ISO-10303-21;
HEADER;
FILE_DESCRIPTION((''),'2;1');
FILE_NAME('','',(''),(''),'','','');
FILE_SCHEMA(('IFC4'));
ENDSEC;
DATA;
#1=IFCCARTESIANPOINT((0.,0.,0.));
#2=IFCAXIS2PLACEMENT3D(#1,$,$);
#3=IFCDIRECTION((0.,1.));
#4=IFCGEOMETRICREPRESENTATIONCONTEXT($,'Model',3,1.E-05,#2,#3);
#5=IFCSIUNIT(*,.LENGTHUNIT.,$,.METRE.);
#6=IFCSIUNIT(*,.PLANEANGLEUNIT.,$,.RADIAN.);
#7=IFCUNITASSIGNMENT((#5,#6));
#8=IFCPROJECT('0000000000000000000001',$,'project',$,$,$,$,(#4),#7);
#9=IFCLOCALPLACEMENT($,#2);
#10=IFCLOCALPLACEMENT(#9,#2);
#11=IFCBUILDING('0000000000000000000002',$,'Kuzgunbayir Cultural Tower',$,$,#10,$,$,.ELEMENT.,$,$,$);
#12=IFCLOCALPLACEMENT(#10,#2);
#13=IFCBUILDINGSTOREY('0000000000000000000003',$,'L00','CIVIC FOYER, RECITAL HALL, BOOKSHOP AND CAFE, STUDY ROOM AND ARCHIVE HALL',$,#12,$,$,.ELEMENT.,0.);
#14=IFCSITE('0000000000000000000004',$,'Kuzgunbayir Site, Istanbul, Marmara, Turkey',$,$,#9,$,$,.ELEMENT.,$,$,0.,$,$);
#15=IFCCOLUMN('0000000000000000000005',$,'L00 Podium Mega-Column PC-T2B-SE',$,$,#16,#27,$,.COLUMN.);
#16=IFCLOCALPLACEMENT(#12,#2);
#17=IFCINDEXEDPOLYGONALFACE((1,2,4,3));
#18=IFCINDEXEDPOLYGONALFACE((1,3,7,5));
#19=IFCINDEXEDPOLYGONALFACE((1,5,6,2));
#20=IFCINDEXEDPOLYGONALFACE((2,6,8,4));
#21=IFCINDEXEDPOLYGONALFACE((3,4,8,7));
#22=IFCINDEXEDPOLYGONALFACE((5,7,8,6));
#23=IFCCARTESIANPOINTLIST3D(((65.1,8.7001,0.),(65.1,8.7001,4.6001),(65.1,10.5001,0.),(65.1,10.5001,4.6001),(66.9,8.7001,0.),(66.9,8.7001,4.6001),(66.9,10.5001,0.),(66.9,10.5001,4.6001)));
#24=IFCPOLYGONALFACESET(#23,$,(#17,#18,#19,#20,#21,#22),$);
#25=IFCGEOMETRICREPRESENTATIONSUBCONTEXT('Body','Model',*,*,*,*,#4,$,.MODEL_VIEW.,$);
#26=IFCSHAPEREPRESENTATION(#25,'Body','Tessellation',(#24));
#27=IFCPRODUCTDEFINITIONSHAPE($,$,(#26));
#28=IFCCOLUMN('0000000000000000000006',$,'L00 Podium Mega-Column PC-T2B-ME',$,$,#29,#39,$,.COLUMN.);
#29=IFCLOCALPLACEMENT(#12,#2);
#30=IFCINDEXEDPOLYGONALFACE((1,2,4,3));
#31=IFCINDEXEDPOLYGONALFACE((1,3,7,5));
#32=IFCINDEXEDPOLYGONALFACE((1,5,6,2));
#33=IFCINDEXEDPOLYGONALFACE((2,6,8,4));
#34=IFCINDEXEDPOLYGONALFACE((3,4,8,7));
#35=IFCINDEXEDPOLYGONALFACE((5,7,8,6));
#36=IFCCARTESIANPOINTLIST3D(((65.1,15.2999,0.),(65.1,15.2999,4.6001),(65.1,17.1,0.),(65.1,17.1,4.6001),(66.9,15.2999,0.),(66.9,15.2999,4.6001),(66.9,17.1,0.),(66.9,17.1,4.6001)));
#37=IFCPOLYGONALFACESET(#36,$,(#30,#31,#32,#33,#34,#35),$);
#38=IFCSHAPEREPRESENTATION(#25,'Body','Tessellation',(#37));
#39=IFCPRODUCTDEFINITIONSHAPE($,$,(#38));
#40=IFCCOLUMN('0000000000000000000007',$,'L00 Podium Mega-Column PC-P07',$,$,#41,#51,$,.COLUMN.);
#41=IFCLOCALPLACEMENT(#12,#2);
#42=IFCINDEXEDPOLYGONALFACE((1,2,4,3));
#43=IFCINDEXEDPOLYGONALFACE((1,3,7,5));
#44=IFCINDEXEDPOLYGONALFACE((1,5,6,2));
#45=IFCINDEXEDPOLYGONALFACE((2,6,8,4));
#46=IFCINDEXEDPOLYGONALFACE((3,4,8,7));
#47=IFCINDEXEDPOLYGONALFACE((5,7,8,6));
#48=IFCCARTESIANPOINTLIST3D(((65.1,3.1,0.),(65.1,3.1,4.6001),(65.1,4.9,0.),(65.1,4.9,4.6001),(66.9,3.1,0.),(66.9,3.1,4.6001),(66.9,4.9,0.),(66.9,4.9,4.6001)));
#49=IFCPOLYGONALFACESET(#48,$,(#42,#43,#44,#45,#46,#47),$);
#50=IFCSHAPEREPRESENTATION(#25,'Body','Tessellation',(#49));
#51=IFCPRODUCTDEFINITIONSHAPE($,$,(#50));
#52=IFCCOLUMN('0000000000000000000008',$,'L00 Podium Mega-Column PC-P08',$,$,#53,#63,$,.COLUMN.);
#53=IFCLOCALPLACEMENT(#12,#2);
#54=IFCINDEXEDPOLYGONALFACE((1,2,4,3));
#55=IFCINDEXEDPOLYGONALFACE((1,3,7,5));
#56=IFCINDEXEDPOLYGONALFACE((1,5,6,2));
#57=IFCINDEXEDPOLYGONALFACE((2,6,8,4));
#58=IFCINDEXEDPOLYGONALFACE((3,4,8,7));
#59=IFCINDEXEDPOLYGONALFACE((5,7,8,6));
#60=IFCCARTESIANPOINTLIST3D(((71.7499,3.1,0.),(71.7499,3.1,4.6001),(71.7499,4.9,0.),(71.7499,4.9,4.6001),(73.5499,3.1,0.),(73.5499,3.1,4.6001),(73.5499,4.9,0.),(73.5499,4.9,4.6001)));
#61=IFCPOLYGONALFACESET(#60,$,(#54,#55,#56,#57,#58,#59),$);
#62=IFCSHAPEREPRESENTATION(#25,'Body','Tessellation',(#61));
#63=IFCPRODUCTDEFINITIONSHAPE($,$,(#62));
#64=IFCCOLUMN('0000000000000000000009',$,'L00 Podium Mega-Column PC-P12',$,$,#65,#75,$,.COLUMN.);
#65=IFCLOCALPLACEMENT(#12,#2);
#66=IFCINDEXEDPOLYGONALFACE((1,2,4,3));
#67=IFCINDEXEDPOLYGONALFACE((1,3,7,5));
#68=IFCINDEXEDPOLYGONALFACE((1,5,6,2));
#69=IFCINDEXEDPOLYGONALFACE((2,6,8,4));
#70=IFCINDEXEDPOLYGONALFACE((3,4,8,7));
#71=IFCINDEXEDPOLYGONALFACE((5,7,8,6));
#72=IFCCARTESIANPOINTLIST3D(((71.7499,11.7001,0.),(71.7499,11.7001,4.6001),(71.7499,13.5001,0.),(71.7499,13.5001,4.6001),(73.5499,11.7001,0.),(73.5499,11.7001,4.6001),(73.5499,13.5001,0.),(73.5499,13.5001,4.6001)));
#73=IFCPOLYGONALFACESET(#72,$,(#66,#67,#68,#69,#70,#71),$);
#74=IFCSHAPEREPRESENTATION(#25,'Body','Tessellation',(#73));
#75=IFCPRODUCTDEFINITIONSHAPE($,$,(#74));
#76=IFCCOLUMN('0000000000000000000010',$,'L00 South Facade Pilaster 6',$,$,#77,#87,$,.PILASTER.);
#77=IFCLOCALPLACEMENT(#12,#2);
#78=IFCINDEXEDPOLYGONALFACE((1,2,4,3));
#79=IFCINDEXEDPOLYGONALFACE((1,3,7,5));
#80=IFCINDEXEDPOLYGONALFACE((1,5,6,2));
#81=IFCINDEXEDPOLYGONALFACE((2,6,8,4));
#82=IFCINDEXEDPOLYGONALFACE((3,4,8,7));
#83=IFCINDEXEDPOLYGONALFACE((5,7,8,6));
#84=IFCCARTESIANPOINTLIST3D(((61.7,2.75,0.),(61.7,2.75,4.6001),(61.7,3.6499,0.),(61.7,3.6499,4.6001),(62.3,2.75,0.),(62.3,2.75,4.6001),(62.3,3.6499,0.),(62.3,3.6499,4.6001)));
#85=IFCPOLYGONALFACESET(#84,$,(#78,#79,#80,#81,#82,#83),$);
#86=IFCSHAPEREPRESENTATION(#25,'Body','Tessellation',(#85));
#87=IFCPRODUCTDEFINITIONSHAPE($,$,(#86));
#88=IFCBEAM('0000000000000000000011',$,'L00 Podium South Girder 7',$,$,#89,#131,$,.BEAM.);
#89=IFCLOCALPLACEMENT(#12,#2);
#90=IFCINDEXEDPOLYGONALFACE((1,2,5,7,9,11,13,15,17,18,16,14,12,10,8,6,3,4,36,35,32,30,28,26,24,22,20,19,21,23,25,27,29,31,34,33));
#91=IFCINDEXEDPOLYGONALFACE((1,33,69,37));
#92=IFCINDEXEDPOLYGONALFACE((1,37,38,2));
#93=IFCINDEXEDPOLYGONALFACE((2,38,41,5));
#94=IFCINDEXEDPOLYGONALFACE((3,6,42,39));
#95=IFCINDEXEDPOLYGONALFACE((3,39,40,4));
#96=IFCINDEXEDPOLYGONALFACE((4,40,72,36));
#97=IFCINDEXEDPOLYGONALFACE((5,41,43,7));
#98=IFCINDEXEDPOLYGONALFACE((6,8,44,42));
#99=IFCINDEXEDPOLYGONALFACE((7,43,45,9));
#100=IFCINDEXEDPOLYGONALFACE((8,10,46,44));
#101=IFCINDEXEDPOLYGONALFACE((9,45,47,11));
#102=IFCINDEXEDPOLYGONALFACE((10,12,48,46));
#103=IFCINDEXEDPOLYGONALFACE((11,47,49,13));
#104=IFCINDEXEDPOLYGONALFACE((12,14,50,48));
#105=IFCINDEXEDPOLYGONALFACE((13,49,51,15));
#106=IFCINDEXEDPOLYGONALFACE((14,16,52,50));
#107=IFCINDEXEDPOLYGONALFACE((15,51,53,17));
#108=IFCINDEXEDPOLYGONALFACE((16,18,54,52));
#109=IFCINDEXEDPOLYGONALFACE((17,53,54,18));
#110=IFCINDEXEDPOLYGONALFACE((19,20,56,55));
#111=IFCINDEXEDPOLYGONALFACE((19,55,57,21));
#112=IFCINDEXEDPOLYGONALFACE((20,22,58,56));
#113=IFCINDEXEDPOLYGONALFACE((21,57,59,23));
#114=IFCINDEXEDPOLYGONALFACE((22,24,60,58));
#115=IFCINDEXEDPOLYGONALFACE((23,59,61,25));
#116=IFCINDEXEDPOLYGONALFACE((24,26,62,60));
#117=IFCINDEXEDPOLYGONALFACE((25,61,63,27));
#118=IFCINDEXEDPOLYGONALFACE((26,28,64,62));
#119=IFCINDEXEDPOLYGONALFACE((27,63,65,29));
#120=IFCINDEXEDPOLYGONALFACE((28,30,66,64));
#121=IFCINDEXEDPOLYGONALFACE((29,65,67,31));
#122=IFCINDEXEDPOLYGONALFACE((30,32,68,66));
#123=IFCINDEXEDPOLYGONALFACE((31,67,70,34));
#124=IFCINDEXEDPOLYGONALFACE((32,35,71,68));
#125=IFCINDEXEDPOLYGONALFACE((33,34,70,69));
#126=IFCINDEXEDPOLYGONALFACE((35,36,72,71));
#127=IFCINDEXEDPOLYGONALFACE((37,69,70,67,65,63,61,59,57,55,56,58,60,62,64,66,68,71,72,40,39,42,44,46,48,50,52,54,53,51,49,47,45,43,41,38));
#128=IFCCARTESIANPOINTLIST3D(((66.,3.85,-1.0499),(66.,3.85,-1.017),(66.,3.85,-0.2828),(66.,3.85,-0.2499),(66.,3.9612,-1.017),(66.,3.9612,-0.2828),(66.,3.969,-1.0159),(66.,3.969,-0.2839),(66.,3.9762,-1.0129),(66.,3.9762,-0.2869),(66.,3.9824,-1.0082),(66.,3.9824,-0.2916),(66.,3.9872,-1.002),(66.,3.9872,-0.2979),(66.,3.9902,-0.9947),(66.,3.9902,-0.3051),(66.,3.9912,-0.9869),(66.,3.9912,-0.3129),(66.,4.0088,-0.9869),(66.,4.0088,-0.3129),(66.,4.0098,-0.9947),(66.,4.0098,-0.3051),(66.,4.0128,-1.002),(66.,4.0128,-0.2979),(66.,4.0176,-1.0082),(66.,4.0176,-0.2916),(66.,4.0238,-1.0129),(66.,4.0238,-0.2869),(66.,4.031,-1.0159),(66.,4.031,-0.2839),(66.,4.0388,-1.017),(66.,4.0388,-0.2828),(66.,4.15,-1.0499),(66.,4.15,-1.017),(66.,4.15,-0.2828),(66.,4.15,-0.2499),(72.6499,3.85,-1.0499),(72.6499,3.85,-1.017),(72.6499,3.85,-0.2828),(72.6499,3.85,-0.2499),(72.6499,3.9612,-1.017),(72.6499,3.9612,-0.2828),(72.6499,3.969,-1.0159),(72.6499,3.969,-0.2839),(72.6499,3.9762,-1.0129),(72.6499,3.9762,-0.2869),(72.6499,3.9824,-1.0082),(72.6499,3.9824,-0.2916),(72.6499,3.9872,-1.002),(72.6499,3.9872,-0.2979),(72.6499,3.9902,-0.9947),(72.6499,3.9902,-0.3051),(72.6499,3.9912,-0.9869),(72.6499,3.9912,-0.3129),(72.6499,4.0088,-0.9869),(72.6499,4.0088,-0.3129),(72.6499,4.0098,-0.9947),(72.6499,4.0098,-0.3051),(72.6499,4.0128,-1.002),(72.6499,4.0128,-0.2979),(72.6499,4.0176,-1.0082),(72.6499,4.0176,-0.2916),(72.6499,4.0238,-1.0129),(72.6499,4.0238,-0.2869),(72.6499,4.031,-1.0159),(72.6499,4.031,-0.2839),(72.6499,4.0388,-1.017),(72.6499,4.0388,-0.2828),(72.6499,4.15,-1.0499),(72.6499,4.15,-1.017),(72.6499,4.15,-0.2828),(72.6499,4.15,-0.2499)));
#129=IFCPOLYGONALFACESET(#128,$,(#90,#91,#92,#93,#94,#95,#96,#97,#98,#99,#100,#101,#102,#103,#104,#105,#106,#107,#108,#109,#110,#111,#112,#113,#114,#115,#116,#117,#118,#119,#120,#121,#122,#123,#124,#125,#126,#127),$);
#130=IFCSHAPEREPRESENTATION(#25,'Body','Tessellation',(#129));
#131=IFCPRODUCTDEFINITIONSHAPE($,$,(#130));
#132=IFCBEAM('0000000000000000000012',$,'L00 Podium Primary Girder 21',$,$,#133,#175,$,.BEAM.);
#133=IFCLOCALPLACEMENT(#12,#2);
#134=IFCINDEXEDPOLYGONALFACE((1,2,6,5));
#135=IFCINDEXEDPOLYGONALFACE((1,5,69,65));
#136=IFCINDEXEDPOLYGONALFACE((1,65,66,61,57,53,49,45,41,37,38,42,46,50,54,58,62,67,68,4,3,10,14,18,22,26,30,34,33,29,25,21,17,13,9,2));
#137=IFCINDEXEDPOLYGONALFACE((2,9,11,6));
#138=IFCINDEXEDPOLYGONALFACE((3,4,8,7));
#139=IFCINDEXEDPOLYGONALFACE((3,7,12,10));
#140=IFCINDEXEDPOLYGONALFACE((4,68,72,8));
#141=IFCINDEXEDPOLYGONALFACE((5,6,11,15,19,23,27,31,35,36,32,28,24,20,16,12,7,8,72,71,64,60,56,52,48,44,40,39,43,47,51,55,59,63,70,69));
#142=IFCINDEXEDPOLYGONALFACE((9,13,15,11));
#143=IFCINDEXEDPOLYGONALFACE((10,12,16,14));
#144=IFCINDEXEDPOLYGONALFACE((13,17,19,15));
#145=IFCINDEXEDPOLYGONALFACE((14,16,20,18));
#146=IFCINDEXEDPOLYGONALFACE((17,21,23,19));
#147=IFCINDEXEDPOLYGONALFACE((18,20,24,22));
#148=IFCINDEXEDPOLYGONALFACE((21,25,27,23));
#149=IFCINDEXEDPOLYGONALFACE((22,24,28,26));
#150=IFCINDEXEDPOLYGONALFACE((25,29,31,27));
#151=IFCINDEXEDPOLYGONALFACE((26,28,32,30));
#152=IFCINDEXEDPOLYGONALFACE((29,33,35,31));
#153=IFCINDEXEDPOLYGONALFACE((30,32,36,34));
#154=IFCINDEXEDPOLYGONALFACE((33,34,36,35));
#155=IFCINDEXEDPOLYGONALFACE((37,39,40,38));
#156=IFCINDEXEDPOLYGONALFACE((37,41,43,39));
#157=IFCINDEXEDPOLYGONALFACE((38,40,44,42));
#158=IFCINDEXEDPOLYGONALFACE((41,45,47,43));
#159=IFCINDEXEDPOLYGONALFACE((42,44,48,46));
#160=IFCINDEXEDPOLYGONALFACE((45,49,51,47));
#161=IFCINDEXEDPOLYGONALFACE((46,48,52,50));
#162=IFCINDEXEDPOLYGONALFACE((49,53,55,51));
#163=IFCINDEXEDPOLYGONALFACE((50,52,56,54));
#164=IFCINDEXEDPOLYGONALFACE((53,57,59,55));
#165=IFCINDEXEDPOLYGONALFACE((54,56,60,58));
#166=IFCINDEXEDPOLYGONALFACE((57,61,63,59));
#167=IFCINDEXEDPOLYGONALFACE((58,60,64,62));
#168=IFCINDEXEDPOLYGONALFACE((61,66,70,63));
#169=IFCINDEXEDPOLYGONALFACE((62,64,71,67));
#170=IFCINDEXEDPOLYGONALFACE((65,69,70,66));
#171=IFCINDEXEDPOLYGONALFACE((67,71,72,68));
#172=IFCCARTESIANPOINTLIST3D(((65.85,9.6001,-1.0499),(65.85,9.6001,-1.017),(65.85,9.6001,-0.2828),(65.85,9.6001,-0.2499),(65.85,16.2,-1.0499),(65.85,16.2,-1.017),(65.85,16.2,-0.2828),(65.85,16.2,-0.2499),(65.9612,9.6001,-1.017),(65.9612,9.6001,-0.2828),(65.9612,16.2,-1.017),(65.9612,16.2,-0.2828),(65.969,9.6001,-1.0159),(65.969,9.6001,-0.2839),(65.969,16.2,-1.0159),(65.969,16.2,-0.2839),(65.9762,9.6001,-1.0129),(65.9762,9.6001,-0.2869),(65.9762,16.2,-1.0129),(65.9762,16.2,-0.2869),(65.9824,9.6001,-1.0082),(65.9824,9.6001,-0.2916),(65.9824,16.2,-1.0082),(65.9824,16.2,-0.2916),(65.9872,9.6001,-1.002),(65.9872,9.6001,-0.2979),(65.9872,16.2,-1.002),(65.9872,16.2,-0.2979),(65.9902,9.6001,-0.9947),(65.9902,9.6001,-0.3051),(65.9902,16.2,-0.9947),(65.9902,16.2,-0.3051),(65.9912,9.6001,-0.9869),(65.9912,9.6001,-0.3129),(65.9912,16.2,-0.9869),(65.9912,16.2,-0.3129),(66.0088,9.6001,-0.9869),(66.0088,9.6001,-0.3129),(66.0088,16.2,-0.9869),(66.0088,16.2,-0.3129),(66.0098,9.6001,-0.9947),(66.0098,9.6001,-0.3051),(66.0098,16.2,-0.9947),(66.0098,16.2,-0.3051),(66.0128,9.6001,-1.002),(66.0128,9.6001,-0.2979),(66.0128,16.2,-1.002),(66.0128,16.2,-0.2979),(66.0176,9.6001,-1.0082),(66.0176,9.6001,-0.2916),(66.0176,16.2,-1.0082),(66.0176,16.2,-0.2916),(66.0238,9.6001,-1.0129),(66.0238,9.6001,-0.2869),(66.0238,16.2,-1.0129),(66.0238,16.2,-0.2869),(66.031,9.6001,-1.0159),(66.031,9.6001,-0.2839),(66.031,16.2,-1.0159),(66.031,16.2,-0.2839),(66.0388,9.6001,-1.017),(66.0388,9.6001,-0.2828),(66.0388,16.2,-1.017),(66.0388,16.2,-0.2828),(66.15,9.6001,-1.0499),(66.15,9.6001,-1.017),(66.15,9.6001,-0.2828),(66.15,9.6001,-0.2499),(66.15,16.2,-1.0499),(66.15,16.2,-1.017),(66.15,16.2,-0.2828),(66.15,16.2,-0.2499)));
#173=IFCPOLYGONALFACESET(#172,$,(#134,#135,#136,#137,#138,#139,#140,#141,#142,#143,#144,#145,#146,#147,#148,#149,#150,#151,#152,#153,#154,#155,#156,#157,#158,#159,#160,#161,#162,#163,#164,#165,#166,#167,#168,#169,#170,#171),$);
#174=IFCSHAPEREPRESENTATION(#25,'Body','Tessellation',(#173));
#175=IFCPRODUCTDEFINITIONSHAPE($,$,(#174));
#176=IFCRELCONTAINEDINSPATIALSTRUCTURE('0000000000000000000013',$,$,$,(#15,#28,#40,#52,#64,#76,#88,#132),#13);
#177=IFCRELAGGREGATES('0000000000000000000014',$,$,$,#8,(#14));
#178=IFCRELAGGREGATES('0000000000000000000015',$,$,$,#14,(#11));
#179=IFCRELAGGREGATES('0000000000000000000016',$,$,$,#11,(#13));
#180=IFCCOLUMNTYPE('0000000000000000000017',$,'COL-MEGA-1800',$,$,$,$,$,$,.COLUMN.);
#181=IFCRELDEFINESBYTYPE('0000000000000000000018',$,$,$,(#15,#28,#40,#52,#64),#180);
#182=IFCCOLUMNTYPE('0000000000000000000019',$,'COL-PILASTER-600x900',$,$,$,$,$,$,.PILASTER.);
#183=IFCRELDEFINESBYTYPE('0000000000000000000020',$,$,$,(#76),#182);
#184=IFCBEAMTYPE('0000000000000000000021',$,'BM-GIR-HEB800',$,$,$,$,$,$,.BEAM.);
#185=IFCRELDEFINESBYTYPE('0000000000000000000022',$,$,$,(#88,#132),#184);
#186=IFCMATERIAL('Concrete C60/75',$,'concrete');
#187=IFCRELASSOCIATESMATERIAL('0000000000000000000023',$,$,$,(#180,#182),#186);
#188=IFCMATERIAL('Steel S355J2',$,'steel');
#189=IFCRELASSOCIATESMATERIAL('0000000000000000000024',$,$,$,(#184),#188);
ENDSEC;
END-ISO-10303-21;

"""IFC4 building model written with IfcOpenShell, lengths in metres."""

from ifc_helpers import new_model, si_unit, direction, frame, origin, origin_2d, place, context, subcontext, project, spatial, rectangle, i_section, extrude, material, material_profile, profile_set, type_object, element, save


model = new_model("IFC4")

# Units and contexts
model_context = context("Model", 3, precision=1e-05, world=origin(), true_north=direction((0.0, 1.0)))
body_context = subcontext(model_context, "Body", "Model", "MODEL_VIEW")
ifc_project = project(units=[si_unit("LENGTHUNIT", "METRE"), si_unit("PLANEANGLEUNIT", "RADIAN")], contexts=[model_context])

# Site, building, storey
site_placement = place(None, origin())
site = spatial("IfcSite", under=ifc_project, at=site_placement, Name="Kuzgunbayir Site, Istanbul, Marmara, Turkey", CompositionType="ELEMENT", RefElevation=0.0)
building_placement = place(site_placement, origin())
building = spatial("IfcBuilding", under=site, at=building_placement, Name="Kuzgunbayir Cultural Tower", CompositionType="ELEMENT")
storey_placement = place(building_placement, origin())
storey = spatial("IfcBuildingStorey", under=building, at=storey_placement, Name="L00", Description="CIVIC FOYER, RECITAL HALL, BOOKSHOP AND CAFE, STUDY ROOM AND ARCHIVE HALL", CompositionType="ELEMENT", Elevation=0.0)

# Columns
ifc_material_1 = material(Name="Concrete C60/75", Category="concrete")
ifc_material_profile_1 = material_profile(ifc_material_1, rectangle(XDim=1.8, YDim=1.8, at=origin_2d()), Name="RC 1800x1800")
ifc_profile_set_1 = profile_set([ifc_material_profile_1], Name="Concrete C60/75")
column_type_1 = type_object("IfcColumnType", Name="COL-MEGA-1800", PredefinedType="COLUMN", material=ifc_profile_set_1)
for number, where, z_axis, x_axis, name in (
    (1, (66.0, 9.6001, 0.0), (0.0, 0.0, 1.0), (1.0, 0.0, 0.0), "L00 Podium Mega-Column PC-T2B-SE"),
    (2, (66.0, 16.2, 0.0), (0.0, 0.0, 1.0), (1.0, 0.0, 0.0), "L00 Podium Mega-Column PC-T2B-ME"),
    (3, (66.0, 4.0, 0.0), (0.0, 0.0, 1.0), (1.0, 0.0, 0.0), "L00 Podium Mega-Column PC-P07"),
    (4, (72.6499, 4.0, 0.0), (0.0, 0.0, 1.0), (1.0, 0.0, 0.0), "L00 Podium Mega-Column PC-P08"),
    (5, (72.6499, 12.6001, 0.0), (0.0, 0.0, 1.0), (1.0, 0.0, 0.0), "L00 Podium Mega-Column PC-P12"),
):
    element("IfcColumn", number, at=place(storey_placement, frame(where, z_axis=z_axis, x_axis=x_axis)), inside=storey, type_object=column_type_1, Name=name, PredefinedType="COLUMN", context=body_context, shape_type="SweptSolid", body=[
        extrude(rectangle(XDim=1.8, YDim=1.8, at=origin_2d()), origin(), (0.0, 0.0, 1.0), 4.6001),
    ])
ifc_material_profile_2 = material_profile(ifc_material_1, rectangle(XDim=0.6001, YDim=0.8999, at=origin_2d()), Name="RC 600x900")
ifc_profile_set_2 = profile_set([ifc_material_profile_2], Name="Concrete C60/75")
column_type_2 = type_object("IfcColumnType", Name="COL-PILASTER-600x900", PredefinedType="PILASTER", material=ifc_profile_set_2)
column_placement = place(storey_placement, frame((62.0, 3.2, 0.0), z_axis=(0.0, 0.0, 1.0), x_axis=(1.0, 0.0, 0.0)))
element("IfcColumn", 6, at=column_placement, inside=storey, type_object=column_type_2, Name="L00 South Facade Pilaster 6", PredefinedType="PILASTER", context=body_context, shape_type="SweptSolid", body=[
    extrude(rectangle(XDim=0.6001, YDim=0.8999, at=origin_2d()), origin(), (0.0, 0.0, 1.0), 4.6001),
])

# Beams
ifc_material_2 = material(Name="Steel S355J2", Category="steel")
ifc_material_profile_3 = material_profile(ifc_material_2, i_section(OverallWidth=0.3, OverallDepth=0.8, WebThickness=0.0176, FlangeThickness=0.033, FilletRadius=0.03, at=origin_2d()), Name="HEB 800")
ifc_profile_set_3 = profile_set([ifc_material_profile_3], Name="Steel S355J2")
beam_type_1 = type_object("IfcBeamType", Name="BM-GIR-HEB800", PredefinedType="BEAM", material=ifc_profile_set_3)
beam_1_placement = place(storey_placement, frame((66.0, 4.0, -0.6499), z_axis=(1.0, 0.0, 0.0), x_axis=(0.0, 1.0, 0.0)))
element("IfcBeam", 7, at=beam_1_placement, inside=storey, type_object=beam_type_1, Name="L00 Podium South Girder 7", PredefinedType="BEAM", context=body_context, shape_type="SweptSolid", body=[
    extrude(i_section(OverallWidth=0.3, OverallDepth=0.8, WebThickness=0.0176, FlangeThickness=0.033, FilletRadius=0.03, at=origin_2d()), origin(), (0.0, 0.0, 1.0), 6.6499),
])
beam_2_placement = place(storey_placement, frame((66.0, 9.6001, -0.6499), z_axis=(0.0, 1.0, 0.0), x_axis=(-1.0, 0.0, 0.0)))
element("IfcBeam", 8, at=beam_2_placement, inside=storey, type_object=beam_type_1, Name="L00 Podium Primary Girder 21", PredefinedType="BEAM", context=body_context, shape_type="SweptSolid", body=[
    extrude(i_section(OverallWidth=0.3, OverallDepth=0.8, WebThickness=0.0176, FlangeThickness=0.033, FilletRadius=0.03, at=origin_2d()), origin(), (0.0, 0.0, 1.0), 6.5999),
])

save(model, "model.ifc")
